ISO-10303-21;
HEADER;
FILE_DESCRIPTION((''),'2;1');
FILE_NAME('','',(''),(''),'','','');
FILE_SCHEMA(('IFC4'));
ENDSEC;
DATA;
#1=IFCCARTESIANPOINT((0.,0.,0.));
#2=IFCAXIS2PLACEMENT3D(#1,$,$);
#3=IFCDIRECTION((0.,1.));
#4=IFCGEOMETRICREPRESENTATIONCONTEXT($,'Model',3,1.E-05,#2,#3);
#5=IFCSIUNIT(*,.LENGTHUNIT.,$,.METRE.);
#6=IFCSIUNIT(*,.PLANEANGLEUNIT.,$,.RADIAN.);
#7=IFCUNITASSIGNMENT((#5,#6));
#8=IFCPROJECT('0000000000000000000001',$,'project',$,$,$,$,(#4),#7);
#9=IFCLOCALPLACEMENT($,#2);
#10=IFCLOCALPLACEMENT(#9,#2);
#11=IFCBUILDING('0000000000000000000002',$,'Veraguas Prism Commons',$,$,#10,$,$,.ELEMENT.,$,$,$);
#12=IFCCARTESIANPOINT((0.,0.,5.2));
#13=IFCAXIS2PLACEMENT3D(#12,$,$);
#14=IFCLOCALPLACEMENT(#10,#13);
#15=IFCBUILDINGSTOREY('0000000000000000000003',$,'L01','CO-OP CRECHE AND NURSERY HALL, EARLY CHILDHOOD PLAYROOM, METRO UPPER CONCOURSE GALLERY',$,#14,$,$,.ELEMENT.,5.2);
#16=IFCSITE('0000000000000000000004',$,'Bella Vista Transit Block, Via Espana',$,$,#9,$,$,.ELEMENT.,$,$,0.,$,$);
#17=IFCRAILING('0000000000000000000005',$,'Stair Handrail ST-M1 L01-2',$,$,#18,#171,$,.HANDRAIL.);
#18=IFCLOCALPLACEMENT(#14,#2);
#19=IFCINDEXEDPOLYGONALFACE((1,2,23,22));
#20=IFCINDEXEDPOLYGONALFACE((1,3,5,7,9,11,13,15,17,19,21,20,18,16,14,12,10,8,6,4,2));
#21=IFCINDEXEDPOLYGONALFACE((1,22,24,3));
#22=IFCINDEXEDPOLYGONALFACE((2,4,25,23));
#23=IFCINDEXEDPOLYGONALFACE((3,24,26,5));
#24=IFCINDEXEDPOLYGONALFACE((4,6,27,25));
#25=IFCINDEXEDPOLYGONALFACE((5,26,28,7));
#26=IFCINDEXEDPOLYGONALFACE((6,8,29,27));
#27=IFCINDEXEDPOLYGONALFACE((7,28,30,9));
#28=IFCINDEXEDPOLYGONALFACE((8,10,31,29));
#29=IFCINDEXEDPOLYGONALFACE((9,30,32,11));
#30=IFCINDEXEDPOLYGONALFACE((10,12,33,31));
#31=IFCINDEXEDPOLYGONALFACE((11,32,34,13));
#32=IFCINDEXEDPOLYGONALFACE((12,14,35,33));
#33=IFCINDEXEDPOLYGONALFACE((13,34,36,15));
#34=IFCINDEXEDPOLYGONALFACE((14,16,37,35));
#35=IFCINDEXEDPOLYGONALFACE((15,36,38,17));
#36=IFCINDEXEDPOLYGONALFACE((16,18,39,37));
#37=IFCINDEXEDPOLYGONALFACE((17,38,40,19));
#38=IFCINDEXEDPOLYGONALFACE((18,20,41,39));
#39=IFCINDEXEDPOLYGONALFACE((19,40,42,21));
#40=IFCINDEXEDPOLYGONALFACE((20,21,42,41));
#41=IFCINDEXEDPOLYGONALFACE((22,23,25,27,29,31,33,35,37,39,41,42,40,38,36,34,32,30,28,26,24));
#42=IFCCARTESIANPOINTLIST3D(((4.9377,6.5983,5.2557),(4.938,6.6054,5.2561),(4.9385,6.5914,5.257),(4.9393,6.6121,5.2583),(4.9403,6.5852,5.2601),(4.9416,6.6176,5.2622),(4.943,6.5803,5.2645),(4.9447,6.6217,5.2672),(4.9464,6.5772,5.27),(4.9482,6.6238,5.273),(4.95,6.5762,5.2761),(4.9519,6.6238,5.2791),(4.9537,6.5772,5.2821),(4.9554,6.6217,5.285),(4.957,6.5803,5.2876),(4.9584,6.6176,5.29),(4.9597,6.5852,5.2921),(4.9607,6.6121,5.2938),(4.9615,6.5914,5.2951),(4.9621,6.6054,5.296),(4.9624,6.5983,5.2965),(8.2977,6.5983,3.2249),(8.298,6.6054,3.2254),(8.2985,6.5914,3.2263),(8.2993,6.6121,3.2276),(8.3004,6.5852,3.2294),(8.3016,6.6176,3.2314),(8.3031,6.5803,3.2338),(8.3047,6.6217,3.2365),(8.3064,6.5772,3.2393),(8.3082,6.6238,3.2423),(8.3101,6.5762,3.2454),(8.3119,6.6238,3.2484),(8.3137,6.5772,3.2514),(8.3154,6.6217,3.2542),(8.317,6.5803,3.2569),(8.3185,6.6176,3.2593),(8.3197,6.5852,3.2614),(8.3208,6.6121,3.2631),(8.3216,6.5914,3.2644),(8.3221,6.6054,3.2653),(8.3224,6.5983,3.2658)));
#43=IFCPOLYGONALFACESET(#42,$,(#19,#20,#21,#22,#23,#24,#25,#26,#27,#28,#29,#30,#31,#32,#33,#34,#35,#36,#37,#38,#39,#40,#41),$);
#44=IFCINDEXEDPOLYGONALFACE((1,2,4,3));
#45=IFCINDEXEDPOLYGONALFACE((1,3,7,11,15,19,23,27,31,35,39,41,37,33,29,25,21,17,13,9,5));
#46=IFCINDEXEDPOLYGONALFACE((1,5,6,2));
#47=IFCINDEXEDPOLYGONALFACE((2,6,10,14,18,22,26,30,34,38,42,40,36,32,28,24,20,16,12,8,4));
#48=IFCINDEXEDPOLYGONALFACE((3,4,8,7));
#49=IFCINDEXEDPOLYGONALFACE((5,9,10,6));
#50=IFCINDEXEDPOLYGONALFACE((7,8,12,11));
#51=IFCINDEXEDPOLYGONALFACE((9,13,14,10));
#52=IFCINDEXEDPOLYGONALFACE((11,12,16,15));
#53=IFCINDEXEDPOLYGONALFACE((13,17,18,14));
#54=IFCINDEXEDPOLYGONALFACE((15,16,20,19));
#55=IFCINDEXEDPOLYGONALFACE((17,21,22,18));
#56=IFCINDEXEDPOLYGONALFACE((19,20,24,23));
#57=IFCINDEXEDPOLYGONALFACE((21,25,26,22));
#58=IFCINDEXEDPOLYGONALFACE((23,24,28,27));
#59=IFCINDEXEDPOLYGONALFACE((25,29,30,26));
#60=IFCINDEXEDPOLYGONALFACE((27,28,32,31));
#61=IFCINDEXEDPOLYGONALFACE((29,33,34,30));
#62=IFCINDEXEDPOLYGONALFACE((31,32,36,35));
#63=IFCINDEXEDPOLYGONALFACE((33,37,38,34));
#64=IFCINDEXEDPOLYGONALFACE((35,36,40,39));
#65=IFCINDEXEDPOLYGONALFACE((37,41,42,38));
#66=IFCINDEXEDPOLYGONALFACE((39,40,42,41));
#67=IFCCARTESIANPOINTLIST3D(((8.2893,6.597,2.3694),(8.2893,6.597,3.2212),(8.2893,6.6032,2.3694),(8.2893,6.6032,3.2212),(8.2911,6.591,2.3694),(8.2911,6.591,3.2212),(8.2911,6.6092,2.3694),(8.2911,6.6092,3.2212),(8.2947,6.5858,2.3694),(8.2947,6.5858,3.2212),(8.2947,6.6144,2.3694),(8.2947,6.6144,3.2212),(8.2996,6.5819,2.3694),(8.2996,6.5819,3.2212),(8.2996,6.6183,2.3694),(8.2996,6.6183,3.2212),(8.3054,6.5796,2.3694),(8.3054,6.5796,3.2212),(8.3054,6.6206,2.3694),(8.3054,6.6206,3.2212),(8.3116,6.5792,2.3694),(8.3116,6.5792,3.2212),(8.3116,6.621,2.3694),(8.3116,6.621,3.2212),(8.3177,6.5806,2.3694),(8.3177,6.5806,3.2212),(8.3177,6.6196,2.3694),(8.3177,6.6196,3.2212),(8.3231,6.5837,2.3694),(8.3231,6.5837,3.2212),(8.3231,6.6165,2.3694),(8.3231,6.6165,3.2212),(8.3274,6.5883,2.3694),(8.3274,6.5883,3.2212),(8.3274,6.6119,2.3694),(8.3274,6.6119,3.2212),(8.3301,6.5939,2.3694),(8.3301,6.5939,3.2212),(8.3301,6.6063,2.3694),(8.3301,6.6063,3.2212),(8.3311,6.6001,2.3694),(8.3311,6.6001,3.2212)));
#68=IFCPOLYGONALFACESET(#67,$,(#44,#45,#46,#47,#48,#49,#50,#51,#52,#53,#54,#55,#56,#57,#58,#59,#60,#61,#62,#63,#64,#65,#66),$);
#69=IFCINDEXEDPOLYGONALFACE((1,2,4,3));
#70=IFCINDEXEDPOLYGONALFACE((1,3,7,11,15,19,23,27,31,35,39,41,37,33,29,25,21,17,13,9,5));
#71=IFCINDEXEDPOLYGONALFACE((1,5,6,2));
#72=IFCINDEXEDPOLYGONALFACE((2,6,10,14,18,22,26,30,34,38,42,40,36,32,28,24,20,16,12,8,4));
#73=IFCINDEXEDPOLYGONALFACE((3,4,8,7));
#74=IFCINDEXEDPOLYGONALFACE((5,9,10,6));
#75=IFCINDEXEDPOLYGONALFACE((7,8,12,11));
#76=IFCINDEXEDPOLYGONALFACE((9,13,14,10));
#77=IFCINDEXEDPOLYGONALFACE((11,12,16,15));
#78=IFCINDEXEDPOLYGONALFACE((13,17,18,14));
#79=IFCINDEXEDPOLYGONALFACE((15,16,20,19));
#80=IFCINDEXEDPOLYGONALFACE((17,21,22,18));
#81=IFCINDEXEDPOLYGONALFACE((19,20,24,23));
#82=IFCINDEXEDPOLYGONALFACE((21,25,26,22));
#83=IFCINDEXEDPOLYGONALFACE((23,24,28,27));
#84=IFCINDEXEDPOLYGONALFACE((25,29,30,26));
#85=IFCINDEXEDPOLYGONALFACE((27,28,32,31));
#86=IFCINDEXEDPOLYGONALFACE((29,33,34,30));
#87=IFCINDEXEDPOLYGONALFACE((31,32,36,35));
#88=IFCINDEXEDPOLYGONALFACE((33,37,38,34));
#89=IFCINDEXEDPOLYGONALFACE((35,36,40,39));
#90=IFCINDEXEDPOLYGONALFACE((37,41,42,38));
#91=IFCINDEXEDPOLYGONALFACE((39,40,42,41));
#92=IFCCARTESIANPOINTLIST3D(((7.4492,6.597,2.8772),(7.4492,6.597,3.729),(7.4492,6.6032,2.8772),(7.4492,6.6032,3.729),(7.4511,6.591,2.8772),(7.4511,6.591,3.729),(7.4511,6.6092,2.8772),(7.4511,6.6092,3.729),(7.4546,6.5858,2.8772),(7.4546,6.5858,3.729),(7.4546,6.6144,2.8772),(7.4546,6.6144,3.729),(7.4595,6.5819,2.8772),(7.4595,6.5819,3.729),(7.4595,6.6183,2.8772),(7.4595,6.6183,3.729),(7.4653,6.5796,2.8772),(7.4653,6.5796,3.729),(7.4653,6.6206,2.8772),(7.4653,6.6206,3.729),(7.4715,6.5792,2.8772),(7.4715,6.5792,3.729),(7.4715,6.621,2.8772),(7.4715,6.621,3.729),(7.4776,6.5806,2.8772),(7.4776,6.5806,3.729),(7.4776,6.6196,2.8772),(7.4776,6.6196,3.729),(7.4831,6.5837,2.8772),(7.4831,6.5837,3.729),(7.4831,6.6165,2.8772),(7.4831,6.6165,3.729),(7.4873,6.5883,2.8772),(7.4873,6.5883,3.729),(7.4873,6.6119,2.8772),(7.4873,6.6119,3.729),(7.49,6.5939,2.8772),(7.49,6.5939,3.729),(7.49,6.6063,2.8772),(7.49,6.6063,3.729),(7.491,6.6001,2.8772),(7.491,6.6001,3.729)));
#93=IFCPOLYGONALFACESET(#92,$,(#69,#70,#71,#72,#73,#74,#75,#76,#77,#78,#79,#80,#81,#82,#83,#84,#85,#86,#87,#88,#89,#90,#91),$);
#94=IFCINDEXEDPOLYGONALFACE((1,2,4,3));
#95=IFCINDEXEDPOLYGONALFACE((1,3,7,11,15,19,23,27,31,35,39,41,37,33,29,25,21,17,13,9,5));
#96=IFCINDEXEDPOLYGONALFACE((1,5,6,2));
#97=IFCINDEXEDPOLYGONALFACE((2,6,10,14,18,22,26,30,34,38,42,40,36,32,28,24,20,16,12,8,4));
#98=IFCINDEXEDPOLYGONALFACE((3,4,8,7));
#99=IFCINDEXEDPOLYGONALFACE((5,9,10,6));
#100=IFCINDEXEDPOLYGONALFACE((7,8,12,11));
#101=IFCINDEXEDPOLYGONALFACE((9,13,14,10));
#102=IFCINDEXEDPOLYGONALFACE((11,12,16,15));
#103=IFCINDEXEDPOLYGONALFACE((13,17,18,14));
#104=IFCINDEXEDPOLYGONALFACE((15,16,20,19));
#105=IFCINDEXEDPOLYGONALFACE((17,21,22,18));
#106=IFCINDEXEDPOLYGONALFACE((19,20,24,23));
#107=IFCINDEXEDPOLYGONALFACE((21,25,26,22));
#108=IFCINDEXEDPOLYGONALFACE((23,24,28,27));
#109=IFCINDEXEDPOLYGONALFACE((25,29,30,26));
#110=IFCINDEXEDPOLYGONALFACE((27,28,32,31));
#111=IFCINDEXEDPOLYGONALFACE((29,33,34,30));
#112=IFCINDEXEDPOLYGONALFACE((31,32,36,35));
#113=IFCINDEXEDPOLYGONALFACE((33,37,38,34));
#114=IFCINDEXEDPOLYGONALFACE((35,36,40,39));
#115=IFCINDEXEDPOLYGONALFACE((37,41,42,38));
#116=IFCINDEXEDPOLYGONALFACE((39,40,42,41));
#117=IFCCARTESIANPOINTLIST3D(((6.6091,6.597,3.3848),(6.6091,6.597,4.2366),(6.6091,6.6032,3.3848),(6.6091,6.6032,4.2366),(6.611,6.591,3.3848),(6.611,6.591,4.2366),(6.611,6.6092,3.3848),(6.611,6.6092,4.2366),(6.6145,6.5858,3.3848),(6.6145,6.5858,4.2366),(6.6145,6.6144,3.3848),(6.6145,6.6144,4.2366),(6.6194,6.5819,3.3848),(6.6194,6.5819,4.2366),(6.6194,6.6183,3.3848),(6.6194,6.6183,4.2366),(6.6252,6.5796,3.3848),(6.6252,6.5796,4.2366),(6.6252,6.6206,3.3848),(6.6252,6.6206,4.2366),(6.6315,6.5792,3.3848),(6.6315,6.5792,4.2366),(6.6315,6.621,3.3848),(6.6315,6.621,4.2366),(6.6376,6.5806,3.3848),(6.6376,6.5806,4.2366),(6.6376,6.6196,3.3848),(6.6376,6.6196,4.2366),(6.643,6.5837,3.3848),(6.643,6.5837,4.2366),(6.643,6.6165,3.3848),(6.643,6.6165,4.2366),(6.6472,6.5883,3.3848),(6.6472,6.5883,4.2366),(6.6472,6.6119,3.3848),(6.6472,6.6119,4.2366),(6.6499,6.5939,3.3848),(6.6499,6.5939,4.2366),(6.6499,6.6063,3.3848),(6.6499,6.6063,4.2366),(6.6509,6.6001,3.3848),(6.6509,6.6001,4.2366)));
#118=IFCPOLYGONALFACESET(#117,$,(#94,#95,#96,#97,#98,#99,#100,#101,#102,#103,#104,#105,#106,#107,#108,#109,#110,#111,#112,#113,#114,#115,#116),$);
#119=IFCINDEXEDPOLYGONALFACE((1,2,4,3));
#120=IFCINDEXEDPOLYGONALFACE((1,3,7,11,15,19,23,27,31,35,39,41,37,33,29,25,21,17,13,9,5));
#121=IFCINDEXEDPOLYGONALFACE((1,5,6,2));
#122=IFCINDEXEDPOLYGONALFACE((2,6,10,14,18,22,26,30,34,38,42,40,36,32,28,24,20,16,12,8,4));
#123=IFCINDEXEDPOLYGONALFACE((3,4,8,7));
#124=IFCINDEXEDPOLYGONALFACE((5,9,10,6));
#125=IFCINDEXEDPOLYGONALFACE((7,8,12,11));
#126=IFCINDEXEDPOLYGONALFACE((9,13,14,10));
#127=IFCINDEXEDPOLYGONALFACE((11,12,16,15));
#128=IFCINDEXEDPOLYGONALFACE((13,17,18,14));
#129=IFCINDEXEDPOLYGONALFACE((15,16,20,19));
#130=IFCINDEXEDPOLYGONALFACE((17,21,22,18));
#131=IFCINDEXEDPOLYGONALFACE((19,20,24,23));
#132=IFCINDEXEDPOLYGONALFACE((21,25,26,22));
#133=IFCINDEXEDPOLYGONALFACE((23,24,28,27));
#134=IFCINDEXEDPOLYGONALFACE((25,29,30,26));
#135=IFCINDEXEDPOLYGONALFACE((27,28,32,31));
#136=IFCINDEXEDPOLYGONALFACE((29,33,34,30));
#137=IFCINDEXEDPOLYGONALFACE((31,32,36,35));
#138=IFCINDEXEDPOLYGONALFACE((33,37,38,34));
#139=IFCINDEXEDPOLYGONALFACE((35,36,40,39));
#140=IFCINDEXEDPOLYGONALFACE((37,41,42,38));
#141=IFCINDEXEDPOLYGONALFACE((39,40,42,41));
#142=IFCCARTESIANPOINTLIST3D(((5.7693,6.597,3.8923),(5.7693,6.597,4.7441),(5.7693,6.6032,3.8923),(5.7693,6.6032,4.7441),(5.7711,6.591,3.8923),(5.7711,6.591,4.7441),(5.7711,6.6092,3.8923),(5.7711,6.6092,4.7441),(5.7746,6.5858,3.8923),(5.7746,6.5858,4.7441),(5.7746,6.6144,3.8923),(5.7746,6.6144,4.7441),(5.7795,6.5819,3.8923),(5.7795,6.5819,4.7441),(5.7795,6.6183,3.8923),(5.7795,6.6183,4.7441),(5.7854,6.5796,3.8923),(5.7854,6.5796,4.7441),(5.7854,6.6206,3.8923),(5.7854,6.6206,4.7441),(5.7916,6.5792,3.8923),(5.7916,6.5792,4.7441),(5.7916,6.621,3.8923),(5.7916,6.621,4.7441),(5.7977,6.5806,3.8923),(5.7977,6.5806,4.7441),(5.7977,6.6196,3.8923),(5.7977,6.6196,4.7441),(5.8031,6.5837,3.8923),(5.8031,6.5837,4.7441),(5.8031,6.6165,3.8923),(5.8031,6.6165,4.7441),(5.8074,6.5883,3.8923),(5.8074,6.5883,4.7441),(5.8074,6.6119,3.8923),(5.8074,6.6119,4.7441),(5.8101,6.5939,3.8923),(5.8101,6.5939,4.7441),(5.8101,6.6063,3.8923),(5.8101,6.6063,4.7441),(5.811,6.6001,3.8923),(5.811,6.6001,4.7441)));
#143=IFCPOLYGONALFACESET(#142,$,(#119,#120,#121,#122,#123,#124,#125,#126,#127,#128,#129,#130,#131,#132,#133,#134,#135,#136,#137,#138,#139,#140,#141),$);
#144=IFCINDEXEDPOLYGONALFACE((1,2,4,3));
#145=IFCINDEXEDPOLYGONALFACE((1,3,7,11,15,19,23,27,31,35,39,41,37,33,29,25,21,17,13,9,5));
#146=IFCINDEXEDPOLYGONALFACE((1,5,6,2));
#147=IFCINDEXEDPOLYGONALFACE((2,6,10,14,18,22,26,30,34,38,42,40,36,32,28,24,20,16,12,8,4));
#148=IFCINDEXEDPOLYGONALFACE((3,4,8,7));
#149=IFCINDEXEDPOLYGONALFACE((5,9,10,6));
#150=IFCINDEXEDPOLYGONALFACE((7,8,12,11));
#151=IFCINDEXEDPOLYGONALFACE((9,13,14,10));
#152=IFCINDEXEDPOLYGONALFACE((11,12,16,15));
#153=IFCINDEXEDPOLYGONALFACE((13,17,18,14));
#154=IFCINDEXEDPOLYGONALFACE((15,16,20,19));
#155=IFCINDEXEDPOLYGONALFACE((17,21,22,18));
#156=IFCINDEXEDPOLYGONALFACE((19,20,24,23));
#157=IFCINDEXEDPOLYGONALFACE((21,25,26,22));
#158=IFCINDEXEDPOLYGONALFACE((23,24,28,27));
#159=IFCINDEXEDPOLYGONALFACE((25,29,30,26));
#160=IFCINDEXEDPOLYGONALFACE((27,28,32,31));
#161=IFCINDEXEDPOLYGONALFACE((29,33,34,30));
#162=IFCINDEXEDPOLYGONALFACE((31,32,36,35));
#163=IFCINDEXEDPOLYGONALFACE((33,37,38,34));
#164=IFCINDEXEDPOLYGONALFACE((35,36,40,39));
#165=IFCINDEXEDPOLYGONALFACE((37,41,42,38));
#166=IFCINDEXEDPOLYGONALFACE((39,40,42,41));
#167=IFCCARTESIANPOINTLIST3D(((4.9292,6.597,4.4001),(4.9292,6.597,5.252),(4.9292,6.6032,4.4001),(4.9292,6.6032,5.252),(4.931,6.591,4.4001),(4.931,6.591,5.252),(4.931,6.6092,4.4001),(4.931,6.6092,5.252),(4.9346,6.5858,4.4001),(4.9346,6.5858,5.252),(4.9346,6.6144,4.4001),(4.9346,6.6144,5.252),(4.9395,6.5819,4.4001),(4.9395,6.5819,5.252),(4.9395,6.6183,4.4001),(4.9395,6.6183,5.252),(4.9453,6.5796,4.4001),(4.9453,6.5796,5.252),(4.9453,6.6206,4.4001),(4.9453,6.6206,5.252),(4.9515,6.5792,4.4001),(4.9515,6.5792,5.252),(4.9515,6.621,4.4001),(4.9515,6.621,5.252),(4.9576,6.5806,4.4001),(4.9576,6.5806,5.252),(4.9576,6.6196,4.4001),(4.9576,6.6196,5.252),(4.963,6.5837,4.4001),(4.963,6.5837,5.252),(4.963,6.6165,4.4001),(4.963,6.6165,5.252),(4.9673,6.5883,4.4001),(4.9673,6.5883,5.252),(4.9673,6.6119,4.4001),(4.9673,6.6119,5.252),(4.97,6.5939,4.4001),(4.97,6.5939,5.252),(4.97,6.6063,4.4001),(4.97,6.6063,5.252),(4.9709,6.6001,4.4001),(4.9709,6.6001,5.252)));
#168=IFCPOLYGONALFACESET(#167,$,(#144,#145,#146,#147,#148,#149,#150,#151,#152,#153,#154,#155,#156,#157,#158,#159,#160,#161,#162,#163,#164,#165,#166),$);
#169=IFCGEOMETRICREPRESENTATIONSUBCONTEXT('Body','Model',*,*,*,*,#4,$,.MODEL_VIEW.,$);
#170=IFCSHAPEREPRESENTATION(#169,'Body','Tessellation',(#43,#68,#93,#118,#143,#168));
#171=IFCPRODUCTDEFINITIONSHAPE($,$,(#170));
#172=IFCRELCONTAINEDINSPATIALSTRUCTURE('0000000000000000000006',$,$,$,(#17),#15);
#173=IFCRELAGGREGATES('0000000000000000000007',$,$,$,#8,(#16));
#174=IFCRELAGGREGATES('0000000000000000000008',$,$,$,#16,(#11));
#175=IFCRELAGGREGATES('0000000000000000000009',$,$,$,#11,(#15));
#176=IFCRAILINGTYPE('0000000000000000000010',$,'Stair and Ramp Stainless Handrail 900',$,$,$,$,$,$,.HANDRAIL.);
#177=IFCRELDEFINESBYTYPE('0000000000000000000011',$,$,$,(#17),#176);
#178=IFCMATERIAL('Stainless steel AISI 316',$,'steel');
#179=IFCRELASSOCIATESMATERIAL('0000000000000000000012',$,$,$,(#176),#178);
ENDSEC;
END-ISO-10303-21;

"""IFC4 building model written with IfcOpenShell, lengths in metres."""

from ifc_helpers import new_model, si_unit, direction, frame, origin, origin_2d, place, context, subcontext, project, spatial, circle, extrude, material, type_object, element, save


model = new_model("IFC4")

# Units and contexts
model_context = context("Model", 3, precision=1e-05, world=origin(), true_north=direction((0.0, 1.0)))
body_context = subcontext(model_context, "Body", "Model", "MODEL_VIEW")
ifc_project = project(units=[si_unit("LENGTHUNIT", "METRE"), si_unit("PLANEANGLEUNIT", "RADIAN")], contexts=[model_context])

# Site, building, storey
site_placement = place(None, origin())
site = spatial("IfcSite", under=ifc_project, at=site_placement, Name="Bella Vista Transit Block, Via Espana", CompositionType="ELEMENT", RefElevation=0.0)
building_placement = place(site_placement, origin())
building = spatial("IfcBuilding", under=site, at=building_placement, Name="Veraguas Prism Commons", CompositionType="ELEMENT")
storey_placement = place(building_placement, frame((0.0, 0.0, 5.2)))
storey = spatial("IfcBuildingStorey", under=building, at=storey_placement, Name="L01", Description="CO-OP CRECHE AND NURSERY HALL, EARLY CHILDHOOD PLAYROOM, METRO UPPER CONCOURSE GALLERY", CompositionType="ELEMENT", Elevation=5.2)

# Shared definitions
ifc_material_1 = material(Name="Stainless steel AISI 316", Category="steel")

# Railing
railing_type_1 = type_object("IfcRailingType", Name="Stair and Ramp Stainless Handrail 900", PredefinedType="HANDRAIL", material=ifc_material_1)
railing_1_placement = place(storey_placement, frame((8.3101, 6.6001, 2.3694)))
element("IfcRailing", 1, at=railing_1_placement, inside=storey, type_object=railing_type_1, Name="Stair Handrail ST-M1 L01-2", PredefinedType="HANDRAIL", context=body_context, shape_type="SweptSolid", body=[
    extrude(circle(Radius=0.0239, at=origin_2d()), frame((0.0, 0.0, 0.876), z_axis=(-0.855837, 0.0, 0.517246), x_axis=(0.0, -1.0, 0.0)), (0.0, 0.0, 1.0), 3.926),
    extrude(circle(Radius=0.021, at=origin_2d()), origin(), (0.0, 0.0, 1.0), 0.8518),
    extrude(circle(Radius=0.021, at=origin_2d()), frame((-0.8401, 0.0, 0.5078)), (0.0, 0.0, 1.0), 0.8518),
    extrude(circle(Radius=0.021, at=origin_2d()), frame((-1.6802, 0.0, 1.0154)), (0.0, 0.0, 1.0), 0.8518),
    extrude(circle(Radius=0.021, at=origin_2d()), frame((-2.52, 0.0, 1.5229)), (0.0, 0.0, 1.0), 0.8518),
    extrude(circle(Radius=0.021, at=origin_2d()), frame((-3.3601, 0.0, 2.0308)), (0.0, 0.0, 1.0), 0.8518),
])

save(model, "model.ifc")
